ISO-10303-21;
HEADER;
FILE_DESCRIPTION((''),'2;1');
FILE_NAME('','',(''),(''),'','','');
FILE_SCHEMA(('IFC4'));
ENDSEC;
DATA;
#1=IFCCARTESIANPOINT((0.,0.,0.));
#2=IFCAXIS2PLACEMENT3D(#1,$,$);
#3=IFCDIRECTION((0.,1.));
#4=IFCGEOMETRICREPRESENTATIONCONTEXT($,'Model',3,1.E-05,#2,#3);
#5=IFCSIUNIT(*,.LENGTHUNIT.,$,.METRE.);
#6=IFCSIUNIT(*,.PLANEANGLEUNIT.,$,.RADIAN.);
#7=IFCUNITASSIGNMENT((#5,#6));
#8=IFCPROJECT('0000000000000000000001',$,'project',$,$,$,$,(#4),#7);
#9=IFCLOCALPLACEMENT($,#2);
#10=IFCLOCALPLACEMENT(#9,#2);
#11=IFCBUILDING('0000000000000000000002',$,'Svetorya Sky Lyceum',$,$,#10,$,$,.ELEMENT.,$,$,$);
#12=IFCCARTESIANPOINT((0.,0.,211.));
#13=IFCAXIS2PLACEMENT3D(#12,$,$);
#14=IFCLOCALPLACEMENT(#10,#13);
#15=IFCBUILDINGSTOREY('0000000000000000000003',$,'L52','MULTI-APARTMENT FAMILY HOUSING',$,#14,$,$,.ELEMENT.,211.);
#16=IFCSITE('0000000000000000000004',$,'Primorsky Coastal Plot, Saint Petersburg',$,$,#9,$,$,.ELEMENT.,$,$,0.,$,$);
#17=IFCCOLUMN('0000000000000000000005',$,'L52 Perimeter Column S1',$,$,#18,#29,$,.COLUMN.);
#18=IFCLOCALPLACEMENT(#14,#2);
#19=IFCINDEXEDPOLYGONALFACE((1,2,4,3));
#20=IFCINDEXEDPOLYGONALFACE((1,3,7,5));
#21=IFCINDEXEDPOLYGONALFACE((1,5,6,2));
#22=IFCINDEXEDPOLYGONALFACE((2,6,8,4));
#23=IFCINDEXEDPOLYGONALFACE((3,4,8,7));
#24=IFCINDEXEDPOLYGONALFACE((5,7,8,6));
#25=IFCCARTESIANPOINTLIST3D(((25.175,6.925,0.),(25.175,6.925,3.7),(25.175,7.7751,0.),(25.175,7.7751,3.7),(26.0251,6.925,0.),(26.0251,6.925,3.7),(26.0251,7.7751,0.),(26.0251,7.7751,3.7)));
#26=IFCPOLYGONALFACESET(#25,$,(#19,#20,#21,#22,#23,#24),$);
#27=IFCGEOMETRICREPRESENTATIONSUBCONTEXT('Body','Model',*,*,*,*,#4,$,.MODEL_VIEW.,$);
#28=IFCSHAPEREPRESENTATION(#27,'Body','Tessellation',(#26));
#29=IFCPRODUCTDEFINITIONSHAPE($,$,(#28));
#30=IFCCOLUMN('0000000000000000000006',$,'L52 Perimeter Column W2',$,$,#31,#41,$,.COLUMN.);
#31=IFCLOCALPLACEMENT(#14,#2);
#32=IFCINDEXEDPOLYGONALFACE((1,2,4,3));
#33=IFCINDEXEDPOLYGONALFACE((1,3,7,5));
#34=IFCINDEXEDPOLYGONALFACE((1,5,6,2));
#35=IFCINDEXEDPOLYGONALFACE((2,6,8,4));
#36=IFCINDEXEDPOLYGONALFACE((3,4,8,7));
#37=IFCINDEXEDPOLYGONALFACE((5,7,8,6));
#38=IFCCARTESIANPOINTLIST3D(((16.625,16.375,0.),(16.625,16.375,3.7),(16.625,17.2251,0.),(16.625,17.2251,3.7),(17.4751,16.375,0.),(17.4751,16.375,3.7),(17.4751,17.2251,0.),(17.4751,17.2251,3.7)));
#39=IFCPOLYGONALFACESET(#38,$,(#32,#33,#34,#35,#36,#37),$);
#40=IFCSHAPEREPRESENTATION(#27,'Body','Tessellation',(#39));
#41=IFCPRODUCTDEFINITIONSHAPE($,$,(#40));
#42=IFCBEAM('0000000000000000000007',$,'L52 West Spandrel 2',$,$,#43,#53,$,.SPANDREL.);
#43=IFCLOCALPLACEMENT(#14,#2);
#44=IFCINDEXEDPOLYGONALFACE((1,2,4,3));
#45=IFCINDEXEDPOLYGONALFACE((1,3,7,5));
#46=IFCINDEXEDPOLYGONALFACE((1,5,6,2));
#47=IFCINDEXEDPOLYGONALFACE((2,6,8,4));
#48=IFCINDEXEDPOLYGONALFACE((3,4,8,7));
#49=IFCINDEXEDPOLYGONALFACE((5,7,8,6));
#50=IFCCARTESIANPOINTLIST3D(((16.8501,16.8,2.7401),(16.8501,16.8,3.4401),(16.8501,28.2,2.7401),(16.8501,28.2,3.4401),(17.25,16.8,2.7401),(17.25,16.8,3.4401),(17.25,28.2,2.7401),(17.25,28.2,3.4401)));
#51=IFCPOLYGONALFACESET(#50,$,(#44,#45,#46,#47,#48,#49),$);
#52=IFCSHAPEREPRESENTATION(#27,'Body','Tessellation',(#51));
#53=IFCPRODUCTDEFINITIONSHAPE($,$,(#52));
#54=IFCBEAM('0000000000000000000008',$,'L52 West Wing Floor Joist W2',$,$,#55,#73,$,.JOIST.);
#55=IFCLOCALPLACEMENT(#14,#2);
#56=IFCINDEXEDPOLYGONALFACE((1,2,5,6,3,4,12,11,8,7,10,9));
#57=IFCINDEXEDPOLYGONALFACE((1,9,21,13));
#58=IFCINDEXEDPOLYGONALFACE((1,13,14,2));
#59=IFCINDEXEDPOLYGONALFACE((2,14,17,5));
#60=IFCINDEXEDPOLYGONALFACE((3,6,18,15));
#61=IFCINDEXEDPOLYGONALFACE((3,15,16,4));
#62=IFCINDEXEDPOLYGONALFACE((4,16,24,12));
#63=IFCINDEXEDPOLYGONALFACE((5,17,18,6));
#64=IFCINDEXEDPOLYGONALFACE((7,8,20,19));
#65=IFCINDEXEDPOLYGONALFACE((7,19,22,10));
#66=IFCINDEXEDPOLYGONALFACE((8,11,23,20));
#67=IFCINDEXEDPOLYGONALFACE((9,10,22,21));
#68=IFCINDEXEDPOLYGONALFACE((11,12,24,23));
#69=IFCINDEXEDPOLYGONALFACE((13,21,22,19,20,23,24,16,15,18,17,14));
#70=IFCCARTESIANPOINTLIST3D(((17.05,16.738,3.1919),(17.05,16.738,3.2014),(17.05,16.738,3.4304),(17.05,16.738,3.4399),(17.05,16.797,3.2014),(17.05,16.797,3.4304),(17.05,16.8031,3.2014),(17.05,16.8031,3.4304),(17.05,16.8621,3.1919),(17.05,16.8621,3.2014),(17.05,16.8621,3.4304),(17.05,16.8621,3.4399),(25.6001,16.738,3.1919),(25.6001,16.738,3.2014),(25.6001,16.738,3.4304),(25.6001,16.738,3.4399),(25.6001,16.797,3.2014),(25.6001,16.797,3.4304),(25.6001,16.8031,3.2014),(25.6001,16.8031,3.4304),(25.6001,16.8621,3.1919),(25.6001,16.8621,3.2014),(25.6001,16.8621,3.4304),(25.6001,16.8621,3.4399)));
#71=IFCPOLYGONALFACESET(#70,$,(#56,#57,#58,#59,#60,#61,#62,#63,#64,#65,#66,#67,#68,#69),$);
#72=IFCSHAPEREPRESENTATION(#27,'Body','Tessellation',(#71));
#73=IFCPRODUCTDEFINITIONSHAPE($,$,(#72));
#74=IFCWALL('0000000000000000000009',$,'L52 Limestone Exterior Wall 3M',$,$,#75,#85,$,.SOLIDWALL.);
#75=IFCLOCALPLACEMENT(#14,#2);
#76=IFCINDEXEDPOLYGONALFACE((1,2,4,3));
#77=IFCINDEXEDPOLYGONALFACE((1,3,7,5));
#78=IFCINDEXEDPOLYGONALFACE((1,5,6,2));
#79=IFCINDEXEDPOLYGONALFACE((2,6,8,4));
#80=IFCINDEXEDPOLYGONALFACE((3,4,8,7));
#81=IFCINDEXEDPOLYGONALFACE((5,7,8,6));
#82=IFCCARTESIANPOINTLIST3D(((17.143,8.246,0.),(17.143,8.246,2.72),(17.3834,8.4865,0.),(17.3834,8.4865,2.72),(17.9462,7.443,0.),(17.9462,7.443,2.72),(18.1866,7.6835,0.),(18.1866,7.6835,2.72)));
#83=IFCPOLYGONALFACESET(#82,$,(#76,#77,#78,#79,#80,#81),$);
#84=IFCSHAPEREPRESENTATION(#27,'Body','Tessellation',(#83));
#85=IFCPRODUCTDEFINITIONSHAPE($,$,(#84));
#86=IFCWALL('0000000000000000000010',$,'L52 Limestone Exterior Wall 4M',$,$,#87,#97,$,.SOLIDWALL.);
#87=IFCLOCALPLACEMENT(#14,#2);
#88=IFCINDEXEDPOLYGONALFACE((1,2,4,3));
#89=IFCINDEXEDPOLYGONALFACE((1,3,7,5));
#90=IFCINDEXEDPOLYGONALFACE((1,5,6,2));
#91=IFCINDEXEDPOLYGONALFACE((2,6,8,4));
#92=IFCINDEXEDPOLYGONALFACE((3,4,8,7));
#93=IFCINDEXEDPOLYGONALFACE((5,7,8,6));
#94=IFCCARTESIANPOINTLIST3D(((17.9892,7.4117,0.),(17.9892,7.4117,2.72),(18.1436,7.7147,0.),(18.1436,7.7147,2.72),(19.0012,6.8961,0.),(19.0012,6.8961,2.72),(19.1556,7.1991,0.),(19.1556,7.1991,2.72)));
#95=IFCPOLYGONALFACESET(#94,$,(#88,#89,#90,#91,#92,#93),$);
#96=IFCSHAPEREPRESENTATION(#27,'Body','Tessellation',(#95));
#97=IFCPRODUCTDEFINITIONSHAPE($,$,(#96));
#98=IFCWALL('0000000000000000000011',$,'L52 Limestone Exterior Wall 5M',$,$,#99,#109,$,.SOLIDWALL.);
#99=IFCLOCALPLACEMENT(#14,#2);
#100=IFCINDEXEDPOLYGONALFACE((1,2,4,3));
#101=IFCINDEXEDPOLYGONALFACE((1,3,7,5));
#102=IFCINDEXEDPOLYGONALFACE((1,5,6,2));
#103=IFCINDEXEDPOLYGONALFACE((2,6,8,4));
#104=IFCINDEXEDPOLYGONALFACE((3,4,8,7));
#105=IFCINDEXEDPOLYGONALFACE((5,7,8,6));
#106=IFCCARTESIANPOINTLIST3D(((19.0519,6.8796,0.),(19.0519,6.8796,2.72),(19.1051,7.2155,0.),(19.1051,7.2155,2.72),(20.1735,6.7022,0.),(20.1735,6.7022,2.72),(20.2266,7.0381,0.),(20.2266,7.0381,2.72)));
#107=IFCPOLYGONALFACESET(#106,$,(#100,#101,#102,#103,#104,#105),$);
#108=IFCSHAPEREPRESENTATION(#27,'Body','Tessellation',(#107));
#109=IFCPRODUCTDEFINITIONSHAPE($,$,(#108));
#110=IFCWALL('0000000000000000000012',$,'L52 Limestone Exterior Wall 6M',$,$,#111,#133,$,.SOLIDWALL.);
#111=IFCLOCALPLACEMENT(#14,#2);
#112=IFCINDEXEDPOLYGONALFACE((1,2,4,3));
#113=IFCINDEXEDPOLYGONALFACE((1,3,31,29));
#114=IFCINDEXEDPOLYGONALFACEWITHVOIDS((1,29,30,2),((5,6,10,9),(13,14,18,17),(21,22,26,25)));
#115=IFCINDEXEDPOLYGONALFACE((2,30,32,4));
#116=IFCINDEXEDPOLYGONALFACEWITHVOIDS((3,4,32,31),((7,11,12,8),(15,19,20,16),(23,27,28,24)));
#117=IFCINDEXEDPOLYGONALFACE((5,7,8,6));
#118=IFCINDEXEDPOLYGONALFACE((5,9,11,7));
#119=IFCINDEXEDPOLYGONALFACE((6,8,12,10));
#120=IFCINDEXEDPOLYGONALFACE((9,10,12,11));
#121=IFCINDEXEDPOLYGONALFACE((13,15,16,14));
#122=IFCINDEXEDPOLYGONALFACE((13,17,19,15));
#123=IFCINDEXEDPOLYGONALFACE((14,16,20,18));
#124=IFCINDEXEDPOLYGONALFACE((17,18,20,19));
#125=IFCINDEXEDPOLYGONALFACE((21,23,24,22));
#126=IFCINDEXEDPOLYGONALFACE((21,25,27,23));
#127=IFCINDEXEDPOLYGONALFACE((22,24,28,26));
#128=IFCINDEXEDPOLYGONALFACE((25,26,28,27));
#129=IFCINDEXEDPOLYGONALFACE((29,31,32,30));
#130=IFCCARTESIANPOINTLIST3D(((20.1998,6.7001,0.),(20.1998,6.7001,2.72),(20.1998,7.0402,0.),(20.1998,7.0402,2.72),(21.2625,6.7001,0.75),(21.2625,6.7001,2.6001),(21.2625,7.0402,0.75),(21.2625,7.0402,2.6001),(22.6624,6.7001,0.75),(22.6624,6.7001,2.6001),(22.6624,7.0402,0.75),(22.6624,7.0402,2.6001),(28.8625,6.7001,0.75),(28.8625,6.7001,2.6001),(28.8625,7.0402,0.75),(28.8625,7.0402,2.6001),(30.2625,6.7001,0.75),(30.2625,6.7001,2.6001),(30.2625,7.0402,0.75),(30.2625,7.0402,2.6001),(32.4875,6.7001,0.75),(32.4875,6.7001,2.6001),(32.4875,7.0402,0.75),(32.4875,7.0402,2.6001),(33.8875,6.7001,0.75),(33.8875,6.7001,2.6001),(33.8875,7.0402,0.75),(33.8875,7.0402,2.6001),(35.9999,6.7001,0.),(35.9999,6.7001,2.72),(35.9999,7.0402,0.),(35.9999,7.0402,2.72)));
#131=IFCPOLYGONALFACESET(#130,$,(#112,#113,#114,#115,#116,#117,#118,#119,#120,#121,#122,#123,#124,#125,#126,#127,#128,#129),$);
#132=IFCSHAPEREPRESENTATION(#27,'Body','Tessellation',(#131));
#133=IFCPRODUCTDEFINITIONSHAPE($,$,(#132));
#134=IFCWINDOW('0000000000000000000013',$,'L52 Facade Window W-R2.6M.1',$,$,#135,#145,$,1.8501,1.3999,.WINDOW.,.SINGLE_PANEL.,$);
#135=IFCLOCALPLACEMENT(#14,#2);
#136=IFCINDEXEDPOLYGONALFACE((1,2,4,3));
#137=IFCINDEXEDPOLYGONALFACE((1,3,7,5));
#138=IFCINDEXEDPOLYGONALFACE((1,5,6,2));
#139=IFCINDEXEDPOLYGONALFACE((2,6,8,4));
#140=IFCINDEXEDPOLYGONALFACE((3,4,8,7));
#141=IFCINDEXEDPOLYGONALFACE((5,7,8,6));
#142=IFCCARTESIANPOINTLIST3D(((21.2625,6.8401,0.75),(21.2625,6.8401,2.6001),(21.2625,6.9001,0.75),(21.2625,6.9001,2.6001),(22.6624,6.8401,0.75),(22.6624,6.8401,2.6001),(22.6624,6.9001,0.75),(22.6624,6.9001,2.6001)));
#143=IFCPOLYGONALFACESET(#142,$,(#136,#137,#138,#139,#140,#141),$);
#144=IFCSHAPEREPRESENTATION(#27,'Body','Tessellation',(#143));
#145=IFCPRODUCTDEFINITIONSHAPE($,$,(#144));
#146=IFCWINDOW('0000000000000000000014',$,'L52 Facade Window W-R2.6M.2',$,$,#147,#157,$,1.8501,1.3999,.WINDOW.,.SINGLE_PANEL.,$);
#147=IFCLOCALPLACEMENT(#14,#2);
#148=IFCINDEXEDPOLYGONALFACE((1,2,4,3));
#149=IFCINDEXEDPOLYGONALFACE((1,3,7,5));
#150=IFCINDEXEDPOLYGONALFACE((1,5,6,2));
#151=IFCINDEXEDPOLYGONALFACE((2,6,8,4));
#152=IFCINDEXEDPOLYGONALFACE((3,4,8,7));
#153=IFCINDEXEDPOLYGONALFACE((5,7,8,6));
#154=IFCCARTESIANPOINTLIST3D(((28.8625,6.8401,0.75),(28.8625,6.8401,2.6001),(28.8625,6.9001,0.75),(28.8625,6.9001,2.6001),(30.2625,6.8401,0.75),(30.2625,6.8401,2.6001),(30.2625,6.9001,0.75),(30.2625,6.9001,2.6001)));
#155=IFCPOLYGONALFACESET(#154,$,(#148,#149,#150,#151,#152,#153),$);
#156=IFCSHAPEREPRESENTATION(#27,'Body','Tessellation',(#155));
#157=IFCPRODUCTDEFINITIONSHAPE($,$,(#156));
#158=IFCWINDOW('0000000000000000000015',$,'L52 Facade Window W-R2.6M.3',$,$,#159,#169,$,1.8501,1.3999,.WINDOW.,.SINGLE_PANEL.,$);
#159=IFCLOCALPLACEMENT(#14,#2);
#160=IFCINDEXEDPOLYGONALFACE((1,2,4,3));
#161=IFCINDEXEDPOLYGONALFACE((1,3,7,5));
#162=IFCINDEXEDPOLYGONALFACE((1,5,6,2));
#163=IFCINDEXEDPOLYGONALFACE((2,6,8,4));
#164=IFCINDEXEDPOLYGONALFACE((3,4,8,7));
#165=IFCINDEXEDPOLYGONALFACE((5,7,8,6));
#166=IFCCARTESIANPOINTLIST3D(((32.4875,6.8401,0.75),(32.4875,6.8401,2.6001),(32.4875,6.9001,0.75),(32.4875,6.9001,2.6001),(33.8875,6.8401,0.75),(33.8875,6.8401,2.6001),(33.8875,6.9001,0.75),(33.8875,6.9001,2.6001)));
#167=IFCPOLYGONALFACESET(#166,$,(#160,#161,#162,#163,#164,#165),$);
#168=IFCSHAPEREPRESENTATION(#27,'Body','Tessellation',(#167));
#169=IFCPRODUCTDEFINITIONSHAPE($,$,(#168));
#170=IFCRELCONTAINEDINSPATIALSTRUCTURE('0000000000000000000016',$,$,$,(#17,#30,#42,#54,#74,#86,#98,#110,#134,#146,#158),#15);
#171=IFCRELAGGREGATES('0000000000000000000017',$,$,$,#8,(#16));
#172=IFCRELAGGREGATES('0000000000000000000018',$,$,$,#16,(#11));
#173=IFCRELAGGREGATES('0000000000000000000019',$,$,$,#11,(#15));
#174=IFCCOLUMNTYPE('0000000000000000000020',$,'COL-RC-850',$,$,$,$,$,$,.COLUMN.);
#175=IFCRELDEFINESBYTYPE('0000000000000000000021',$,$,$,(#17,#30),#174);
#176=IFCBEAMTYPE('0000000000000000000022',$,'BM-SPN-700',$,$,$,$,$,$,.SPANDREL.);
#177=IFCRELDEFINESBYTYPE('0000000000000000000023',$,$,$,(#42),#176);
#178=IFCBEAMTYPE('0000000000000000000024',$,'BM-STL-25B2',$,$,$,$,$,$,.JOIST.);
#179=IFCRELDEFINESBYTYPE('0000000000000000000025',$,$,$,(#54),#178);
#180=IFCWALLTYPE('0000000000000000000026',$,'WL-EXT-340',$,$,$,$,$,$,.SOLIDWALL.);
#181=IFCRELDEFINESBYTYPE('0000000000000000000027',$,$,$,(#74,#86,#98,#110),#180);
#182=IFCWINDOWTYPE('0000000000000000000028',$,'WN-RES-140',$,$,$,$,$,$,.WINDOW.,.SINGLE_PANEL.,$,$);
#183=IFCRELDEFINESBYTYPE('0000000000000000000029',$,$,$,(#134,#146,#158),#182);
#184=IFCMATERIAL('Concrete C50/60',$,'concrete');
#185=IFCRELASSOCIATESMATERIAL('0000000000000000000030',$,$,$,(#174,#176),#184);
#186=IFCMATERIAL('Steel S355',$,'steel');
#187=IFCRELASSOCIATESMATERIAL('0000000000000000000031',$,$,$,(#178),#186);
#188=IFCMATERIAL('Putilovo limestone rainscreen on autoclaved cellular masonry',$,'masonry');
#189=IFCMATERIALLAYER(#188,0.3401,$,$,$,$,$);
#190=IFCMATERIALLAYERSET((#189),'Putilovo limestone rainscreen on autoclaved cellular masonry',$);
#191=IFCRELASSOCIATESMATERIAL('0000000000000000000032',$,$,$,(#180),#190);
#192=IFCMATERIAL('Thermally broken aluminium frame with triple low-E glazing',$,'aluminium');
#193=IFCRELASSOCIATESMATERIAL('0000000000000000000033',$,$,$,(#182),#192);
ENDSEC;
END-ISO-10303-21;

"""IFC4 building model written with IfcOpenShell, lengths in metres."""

from ifc_helpers import new_model, si_unit, direction, frame, frame_2d, origin, origin_2d, place, context, subcontext, project, spatial, rectangle, i_section, extrude, material, layer, layer_set, material_profile, profile_set, type_object, element, fill, save


model = new_model("IFC4")

# Units and contexts
model_context = context("Model", 3, precision=1e-05, world=origin(), true_north=direction((0.0, 1.0)))
body_context = subcontext(model_context, "Body", "Model", "MODEL_VIEW")
ifc_project = project(units=[si_unit("LENGTHUNIT", "METRE"), si_unit("PLANEANGLEUNIT", "RADIAN")], contexts=[model_context])

# Site, building, storey
site_placement = place(None, origin())
site = spatial("IfcSite", under=ifc_project, at=site_placement, Name="Primorsky Coastal Plot, Saint Petersburg", CompositionType="ELEMENT", RefElevation=0.0)
building_placement = place(site_placement, origin())
building = spatial("IfcBuilding", under=site, at=building_placement, Name="Svetorya Sky Lyceum", CompositionType="ELEMENT")
storey_placement = place(building_placement, frame((0.0, 0.0, 211.0)))
storey = spatial("IfcBuildingStorey", under=building, at=storey_placement, Name="L52", Description="MULTI-APARTMENT FAMILY HOUSING", CompositionType="ELEMENT", Elevation=211.0)

# Columns
ifc_material_1 = material(Name="Concrete C50/60", Category="concrete")
ifc_material_profile_1 = material_profile(ifc_material_1, rectangle(XDim=0.8501, YDim=0.8501, at=origin_2d()), Name="RC COL 850x850")
ifc_profile_set_1 = profile_set([ifc_material_profile_1], Name="Concrete C50/60")
column_type = type_object("IfcColumnType", Name="COL-RC-850", PredefinedType="COLUMN", material=ifc_profile_set_1)
for number, where, z_axis, x_axis, name in (
    (1, (25.6001, 7.3501, 0.0), (0.0, 0.0, 1.0), (1.0, 0.0, 0.0), "L52 Perimeter Column S1"),
    (2, (17.05, 16.8, 0.0), (0.0, 0.0, 1.0), (1.0, 0.0, 0.0), "L52 Perimeter Column W2"),
):
    element("IfcColumn", number, at=place(storey_placement, frame(where, z_axis=z_axis, x_axis=x_axis)), inside=storey, type_object=column_type, Name=name, PredefinedType="COLUMN", context=body_context, shape_type="SweptSolid", body=[
        extrude(rectangle(XDim=0.8501, YDim=0.8501, at=origin_2d()), origin(), (0.0, 0.0, 1.0), 3.7),
    ])

# Beams
ifc_material_profile_2 = material_profile(ifc_material_1, rectangle(XDim=0.3999, YDim=0.7, at=origin_2d()), Name="RC SPANDREL 400x700")
ifc_profile_set_2 = profile_set([ifc_material_profile_2], Name="Concrete C50/60")
beam_type_1 = type_object("IfcBeamType", Name="BM-SPN-700", PredefinedType="SPANDREL", material=ifc_profile_set_2)
beam_1_placement = place(storey_placement, frame((17.05, 16.8, 3.0901), z_axis=(0.0, 1.0, 0.0), x_axis=(-1.0, 0.0, 0.0)))
element("IfcBeam", 3, at=beam_1_placement, inside=storey, type_object=beam_type_1, Name="L52 West Spandrel 2", PredefinedType="SPANDREL", context=body_context, shape_type="SweptSolid", body=[
    extrude(rectangle(XDim=0.3999, YDim=0.7, at=origin_2d()), origin(), (0.0, 0.0, 1.0), 11.3999),
])
ifc_material_2 = material(Name="Steel S355", Category="steel")
ifc_material_profile_3 = material_profile(ifc_material_2, i_section(OverallWidth=0.124, OverallDepth=0.248, WebThickness=0.0061, FlangeThickness=0.0095, at=origin_2d()), Name="GOST 25B2")
ifc_profile_set_3 = profile_set([ifc_material_profile_3], Name="Steel S355")
beam_type_2 = type_object("IfcBeamType", Name="BM-STL-25B2", PredefinedType="JOIST", material=ifc_profile_set_3)
beam_2_placement = place(storey_placement, frame((17.05, 16.8, 3.3159), z_axis=(1.0, 0.0, 0.0), x_axis=(0.0, 1.0, 0.0)))
element("IfcBeam", 4, at=beam_2_placement, inside=storey, type_object=beam_type_2, Name="L52 West Wing Floor Joist W2", PredefinedType="JOIST", context=body_context, shape_type="SweptSolid", body=[
    extrude(i_section(OverallWidth=0.124, OverallDepth=0.248, WebThickness=0.0061, FlangeThickness=0.0095, at=origin_2d()), origin(), (0.0, 0.0, 1.0), 8.55),
])

# Walls
ifc_material_3 = material(Name="Putilovo limestone rainscreen on autoclaved cellular masonry", Category="masonry")
ifc_layer_1 = layer(ifc_material_3, 0.3401)
ifc_layer_set_1 = layer_set([ifc_layer_1], Name="Putilovo limestone rainscreen on autoclaved cellular masonry")
wall_type_1 = type_object("IfcWallType", Name="WL-EXT-340", PredefinedType="SOLIDWALL", material=ifc_layer_set_1)
for number, where, z_axis, x_axis, name in (
    (5, (17.2632, 8.3662, 0.0), (0.0, 0.0, 1.0), (0.707214, -0.706999, 0.0), "L52 Limestone Exterior Wall 3M"),
    (6, (18.0664, 7.5632, 0.0), (0.0, 0.0, 1.0), (0.891005, -0.453993, 0.0), "L52 Limestone Exterior Wall 4M"),
):
    element("IfcWall", number, at=place(storey_placement, frame(where, z_axis=z_axis, x_axis=x_axis)), inside=storey, type_object=wall_type_1, Name=name, PredefinedType="SOLIDWALL", context=body_context, shape_type="SweptSolid", body=[
        extrude(rectangle(XDim=1.1357, YDim=0.3401, at=frame_2d((0.5679, 0.0))), origin(), (0.0, 0.0, 1.0), 2.72),
    ])
wall_1_placement = place(storey_placement, frame((19.0784, 7.0476, 0.0), z_axis=(0.0, 0.0, 1.0), x_axis=(0.987709, -0.156305, 0.0)))
element("IfcWall", 7, at=wall_1_placement, inside=storey, type_object=wall_type_1, Name="L52 Limestone Exterior Wall 5M", PredefinedType="SOLIDWALL", context=body_context, shape_type="SweptSolid", body=[
    extrude(rectangle(XDim=1.1355, YDim=0.3401, at=frame_2d((0.5679, 0.0))), origin(), (0.0, 0.0, 1.0), 2.72),
])

# Wall, openings, windows
wall_2_placement = place(storey_placement, frame((20.2, 6.8701, 0.0), z_axis=(0.0, 0.0, 1.0), x_axis=(1.0, 0.0, 0.0)))
wall_2 = element("IfcWall", 8, at=wall_2_placement, inside=storey, type_object=wall_type_1, Name="L52 Limestone Exterior Wall 6M", PredefinedType="SOLIDWALL", context=body_context, shape_type="SweptSolid", body=[
    extrude(rectangle(XDim=15.8, YDim=0.3401, at=frame_2d((7.8999, 0.0))), origin(), (0.0, 0.0, 1.0), 2.72),
])
opening_1_placement = place(wall_2_placement, frame((1.0625, 0.0, 0.75)))
opening_1 = element("IfcOpeningElement", 9, at=opening_1_placement, cuts=wall_2, PredefinedType="OPENING", context=body_context, shape_type="SweptSolid", body=[
    extrude(rectangle(XDim=1.3999, YDim=1.8501, at=frame_2d((0.7, 0.925))), frame((0.0, 0.1799, 0.0), z_axis=(0.0, -1.0, 0.0), x_axis=(1.0, 0.0, 0.0)), (0.0, 0.0, 1.0), 0.3601),
])
opening_2_placement = place(wall_2_placement, frame((8.6626, 0.0, 0.75)))
opening_2 = element("IfcOpeningElement", 10, at=opening_2_placement, cuts=wall_2, PredefinedType="OPENING", context=body_context, shape_type="SweptSolid", body=[
    extrude(rectangle(XDim=1.3999, YDim=1.8501, at=frame_2d((0.7, 0.925))), frame((0.0, 0.1799, 0.0), z_axis=(0.0, -1.0, 0.0), x_axis=(1.0, 0.0, 0.0)), (0.0, 0.0, 1.0), 0.3601),
])
opening_3_placement = place(wall_2_placement, frame((12.2876, 0.0, 0.75)))
opening_3 = element("IfcOpeningElement", 11, at=opening_3_placement, cuts=wall_2, PredefinedType="OPENING", context=body_context, shape_type="SweptSolid", body=[
    extrude(rectangle(XDim=1.3999, YDim=1.8501, at=frame_2d((0.7, 0.925))), frame((0.0, 0.1799, 0.0), z_axis=(0.0, -1.0, 0.0), x_axis=(1.0, 0.0, 0.0)), (0.0, 0.0, 1.0), 0.3601),
])
ifc_material_4 = material(Name="Thermally broken aluminium frame with triple low-E glazing", Category="aluminium")
window_type = type_object("IfcWindowType", Name="WN-RES-140", PartitioningType="SINGLE_PANEL", PredefinedType="WINDOW", material=ifc_material_4)
window_1_placement = place(opening_1_placement, origin())
window_1 = element("IfcWindow", 12, at=window_1_placement, inside=storey, type_object=window_type, Name="L52 Facade Window W-R2.6M.1", OverallHeight=1.8501, OverallWidth=1.3999, PartitioningType="SINGLE_PANEL", PredefinedType="WINDOW", context=body_context, shape_type="SweptSolid", body=[
    extrude(rectangle(XDim=1.3999, YDim=1.8501, at=frame_2d((0.7, 0.925))), frame((0.0, 0.03, 0.0), z_axis=(0.0, -1.0, 0.0), x_axis=(1.0, 0.0, 0.0)), (0.0, 0.0, 1.0), 0.0601),
])
fill(opening_1, window_1)
window_2_placement = place(opening_2_placement, origin())
window_2 = element("IfcWindow", 13, at=window_2_placement, inside=storey, type_object=window_type, Name="L52 Facade Window W-R2.6M.2", OverallHeight=1.8501, OverallWidth=1.3999, PartitioningType="SINGLE_PANEL", PredefinedType="WINDOW", context=body_context, shape_type="SweptSolid", body=[
    extrude(rectangle(XDim=1.3999, YDim=1.8501, at=frame_2d((0.7, 0.925))), frame((0.0, 0.03, 0.0), z_axis=(0.0, -1.0, 0.0), x_axis=(1.0, 0.0, 0.0)), (0.0, 0.0, 1.0), 0.0601),
])
fill(opening_2, window_2)
window_3_placement = place(opening_3_placement, origin())
window_3 = element("IfcWindow", 14, at=window_3_placement, inside=storey, type_object=window_type, Name="L52 Facade Window W-R2.6M.3", OverallHeight=1.8501, OverallWidth=1.3999, PartitioningType="SINGLE_PANEL", PredefinedType="WINDOW", context=body_context, shape_type="SweptSolid", body=[
    extrude(rectangle(XDim=1.3999, YDim=1.8501, at=frame_2d((0.7, 0.925))), frame((0.0, 0.03, 0.0), z_axis=(0.0, -1.0, 0.0), x_axis=(1.0, 0.0, 0.0)), (0.0, 0.0, 1.0), 0.0601),
])
fill(opening_3, window_3)

save(model, "model.ifc")
